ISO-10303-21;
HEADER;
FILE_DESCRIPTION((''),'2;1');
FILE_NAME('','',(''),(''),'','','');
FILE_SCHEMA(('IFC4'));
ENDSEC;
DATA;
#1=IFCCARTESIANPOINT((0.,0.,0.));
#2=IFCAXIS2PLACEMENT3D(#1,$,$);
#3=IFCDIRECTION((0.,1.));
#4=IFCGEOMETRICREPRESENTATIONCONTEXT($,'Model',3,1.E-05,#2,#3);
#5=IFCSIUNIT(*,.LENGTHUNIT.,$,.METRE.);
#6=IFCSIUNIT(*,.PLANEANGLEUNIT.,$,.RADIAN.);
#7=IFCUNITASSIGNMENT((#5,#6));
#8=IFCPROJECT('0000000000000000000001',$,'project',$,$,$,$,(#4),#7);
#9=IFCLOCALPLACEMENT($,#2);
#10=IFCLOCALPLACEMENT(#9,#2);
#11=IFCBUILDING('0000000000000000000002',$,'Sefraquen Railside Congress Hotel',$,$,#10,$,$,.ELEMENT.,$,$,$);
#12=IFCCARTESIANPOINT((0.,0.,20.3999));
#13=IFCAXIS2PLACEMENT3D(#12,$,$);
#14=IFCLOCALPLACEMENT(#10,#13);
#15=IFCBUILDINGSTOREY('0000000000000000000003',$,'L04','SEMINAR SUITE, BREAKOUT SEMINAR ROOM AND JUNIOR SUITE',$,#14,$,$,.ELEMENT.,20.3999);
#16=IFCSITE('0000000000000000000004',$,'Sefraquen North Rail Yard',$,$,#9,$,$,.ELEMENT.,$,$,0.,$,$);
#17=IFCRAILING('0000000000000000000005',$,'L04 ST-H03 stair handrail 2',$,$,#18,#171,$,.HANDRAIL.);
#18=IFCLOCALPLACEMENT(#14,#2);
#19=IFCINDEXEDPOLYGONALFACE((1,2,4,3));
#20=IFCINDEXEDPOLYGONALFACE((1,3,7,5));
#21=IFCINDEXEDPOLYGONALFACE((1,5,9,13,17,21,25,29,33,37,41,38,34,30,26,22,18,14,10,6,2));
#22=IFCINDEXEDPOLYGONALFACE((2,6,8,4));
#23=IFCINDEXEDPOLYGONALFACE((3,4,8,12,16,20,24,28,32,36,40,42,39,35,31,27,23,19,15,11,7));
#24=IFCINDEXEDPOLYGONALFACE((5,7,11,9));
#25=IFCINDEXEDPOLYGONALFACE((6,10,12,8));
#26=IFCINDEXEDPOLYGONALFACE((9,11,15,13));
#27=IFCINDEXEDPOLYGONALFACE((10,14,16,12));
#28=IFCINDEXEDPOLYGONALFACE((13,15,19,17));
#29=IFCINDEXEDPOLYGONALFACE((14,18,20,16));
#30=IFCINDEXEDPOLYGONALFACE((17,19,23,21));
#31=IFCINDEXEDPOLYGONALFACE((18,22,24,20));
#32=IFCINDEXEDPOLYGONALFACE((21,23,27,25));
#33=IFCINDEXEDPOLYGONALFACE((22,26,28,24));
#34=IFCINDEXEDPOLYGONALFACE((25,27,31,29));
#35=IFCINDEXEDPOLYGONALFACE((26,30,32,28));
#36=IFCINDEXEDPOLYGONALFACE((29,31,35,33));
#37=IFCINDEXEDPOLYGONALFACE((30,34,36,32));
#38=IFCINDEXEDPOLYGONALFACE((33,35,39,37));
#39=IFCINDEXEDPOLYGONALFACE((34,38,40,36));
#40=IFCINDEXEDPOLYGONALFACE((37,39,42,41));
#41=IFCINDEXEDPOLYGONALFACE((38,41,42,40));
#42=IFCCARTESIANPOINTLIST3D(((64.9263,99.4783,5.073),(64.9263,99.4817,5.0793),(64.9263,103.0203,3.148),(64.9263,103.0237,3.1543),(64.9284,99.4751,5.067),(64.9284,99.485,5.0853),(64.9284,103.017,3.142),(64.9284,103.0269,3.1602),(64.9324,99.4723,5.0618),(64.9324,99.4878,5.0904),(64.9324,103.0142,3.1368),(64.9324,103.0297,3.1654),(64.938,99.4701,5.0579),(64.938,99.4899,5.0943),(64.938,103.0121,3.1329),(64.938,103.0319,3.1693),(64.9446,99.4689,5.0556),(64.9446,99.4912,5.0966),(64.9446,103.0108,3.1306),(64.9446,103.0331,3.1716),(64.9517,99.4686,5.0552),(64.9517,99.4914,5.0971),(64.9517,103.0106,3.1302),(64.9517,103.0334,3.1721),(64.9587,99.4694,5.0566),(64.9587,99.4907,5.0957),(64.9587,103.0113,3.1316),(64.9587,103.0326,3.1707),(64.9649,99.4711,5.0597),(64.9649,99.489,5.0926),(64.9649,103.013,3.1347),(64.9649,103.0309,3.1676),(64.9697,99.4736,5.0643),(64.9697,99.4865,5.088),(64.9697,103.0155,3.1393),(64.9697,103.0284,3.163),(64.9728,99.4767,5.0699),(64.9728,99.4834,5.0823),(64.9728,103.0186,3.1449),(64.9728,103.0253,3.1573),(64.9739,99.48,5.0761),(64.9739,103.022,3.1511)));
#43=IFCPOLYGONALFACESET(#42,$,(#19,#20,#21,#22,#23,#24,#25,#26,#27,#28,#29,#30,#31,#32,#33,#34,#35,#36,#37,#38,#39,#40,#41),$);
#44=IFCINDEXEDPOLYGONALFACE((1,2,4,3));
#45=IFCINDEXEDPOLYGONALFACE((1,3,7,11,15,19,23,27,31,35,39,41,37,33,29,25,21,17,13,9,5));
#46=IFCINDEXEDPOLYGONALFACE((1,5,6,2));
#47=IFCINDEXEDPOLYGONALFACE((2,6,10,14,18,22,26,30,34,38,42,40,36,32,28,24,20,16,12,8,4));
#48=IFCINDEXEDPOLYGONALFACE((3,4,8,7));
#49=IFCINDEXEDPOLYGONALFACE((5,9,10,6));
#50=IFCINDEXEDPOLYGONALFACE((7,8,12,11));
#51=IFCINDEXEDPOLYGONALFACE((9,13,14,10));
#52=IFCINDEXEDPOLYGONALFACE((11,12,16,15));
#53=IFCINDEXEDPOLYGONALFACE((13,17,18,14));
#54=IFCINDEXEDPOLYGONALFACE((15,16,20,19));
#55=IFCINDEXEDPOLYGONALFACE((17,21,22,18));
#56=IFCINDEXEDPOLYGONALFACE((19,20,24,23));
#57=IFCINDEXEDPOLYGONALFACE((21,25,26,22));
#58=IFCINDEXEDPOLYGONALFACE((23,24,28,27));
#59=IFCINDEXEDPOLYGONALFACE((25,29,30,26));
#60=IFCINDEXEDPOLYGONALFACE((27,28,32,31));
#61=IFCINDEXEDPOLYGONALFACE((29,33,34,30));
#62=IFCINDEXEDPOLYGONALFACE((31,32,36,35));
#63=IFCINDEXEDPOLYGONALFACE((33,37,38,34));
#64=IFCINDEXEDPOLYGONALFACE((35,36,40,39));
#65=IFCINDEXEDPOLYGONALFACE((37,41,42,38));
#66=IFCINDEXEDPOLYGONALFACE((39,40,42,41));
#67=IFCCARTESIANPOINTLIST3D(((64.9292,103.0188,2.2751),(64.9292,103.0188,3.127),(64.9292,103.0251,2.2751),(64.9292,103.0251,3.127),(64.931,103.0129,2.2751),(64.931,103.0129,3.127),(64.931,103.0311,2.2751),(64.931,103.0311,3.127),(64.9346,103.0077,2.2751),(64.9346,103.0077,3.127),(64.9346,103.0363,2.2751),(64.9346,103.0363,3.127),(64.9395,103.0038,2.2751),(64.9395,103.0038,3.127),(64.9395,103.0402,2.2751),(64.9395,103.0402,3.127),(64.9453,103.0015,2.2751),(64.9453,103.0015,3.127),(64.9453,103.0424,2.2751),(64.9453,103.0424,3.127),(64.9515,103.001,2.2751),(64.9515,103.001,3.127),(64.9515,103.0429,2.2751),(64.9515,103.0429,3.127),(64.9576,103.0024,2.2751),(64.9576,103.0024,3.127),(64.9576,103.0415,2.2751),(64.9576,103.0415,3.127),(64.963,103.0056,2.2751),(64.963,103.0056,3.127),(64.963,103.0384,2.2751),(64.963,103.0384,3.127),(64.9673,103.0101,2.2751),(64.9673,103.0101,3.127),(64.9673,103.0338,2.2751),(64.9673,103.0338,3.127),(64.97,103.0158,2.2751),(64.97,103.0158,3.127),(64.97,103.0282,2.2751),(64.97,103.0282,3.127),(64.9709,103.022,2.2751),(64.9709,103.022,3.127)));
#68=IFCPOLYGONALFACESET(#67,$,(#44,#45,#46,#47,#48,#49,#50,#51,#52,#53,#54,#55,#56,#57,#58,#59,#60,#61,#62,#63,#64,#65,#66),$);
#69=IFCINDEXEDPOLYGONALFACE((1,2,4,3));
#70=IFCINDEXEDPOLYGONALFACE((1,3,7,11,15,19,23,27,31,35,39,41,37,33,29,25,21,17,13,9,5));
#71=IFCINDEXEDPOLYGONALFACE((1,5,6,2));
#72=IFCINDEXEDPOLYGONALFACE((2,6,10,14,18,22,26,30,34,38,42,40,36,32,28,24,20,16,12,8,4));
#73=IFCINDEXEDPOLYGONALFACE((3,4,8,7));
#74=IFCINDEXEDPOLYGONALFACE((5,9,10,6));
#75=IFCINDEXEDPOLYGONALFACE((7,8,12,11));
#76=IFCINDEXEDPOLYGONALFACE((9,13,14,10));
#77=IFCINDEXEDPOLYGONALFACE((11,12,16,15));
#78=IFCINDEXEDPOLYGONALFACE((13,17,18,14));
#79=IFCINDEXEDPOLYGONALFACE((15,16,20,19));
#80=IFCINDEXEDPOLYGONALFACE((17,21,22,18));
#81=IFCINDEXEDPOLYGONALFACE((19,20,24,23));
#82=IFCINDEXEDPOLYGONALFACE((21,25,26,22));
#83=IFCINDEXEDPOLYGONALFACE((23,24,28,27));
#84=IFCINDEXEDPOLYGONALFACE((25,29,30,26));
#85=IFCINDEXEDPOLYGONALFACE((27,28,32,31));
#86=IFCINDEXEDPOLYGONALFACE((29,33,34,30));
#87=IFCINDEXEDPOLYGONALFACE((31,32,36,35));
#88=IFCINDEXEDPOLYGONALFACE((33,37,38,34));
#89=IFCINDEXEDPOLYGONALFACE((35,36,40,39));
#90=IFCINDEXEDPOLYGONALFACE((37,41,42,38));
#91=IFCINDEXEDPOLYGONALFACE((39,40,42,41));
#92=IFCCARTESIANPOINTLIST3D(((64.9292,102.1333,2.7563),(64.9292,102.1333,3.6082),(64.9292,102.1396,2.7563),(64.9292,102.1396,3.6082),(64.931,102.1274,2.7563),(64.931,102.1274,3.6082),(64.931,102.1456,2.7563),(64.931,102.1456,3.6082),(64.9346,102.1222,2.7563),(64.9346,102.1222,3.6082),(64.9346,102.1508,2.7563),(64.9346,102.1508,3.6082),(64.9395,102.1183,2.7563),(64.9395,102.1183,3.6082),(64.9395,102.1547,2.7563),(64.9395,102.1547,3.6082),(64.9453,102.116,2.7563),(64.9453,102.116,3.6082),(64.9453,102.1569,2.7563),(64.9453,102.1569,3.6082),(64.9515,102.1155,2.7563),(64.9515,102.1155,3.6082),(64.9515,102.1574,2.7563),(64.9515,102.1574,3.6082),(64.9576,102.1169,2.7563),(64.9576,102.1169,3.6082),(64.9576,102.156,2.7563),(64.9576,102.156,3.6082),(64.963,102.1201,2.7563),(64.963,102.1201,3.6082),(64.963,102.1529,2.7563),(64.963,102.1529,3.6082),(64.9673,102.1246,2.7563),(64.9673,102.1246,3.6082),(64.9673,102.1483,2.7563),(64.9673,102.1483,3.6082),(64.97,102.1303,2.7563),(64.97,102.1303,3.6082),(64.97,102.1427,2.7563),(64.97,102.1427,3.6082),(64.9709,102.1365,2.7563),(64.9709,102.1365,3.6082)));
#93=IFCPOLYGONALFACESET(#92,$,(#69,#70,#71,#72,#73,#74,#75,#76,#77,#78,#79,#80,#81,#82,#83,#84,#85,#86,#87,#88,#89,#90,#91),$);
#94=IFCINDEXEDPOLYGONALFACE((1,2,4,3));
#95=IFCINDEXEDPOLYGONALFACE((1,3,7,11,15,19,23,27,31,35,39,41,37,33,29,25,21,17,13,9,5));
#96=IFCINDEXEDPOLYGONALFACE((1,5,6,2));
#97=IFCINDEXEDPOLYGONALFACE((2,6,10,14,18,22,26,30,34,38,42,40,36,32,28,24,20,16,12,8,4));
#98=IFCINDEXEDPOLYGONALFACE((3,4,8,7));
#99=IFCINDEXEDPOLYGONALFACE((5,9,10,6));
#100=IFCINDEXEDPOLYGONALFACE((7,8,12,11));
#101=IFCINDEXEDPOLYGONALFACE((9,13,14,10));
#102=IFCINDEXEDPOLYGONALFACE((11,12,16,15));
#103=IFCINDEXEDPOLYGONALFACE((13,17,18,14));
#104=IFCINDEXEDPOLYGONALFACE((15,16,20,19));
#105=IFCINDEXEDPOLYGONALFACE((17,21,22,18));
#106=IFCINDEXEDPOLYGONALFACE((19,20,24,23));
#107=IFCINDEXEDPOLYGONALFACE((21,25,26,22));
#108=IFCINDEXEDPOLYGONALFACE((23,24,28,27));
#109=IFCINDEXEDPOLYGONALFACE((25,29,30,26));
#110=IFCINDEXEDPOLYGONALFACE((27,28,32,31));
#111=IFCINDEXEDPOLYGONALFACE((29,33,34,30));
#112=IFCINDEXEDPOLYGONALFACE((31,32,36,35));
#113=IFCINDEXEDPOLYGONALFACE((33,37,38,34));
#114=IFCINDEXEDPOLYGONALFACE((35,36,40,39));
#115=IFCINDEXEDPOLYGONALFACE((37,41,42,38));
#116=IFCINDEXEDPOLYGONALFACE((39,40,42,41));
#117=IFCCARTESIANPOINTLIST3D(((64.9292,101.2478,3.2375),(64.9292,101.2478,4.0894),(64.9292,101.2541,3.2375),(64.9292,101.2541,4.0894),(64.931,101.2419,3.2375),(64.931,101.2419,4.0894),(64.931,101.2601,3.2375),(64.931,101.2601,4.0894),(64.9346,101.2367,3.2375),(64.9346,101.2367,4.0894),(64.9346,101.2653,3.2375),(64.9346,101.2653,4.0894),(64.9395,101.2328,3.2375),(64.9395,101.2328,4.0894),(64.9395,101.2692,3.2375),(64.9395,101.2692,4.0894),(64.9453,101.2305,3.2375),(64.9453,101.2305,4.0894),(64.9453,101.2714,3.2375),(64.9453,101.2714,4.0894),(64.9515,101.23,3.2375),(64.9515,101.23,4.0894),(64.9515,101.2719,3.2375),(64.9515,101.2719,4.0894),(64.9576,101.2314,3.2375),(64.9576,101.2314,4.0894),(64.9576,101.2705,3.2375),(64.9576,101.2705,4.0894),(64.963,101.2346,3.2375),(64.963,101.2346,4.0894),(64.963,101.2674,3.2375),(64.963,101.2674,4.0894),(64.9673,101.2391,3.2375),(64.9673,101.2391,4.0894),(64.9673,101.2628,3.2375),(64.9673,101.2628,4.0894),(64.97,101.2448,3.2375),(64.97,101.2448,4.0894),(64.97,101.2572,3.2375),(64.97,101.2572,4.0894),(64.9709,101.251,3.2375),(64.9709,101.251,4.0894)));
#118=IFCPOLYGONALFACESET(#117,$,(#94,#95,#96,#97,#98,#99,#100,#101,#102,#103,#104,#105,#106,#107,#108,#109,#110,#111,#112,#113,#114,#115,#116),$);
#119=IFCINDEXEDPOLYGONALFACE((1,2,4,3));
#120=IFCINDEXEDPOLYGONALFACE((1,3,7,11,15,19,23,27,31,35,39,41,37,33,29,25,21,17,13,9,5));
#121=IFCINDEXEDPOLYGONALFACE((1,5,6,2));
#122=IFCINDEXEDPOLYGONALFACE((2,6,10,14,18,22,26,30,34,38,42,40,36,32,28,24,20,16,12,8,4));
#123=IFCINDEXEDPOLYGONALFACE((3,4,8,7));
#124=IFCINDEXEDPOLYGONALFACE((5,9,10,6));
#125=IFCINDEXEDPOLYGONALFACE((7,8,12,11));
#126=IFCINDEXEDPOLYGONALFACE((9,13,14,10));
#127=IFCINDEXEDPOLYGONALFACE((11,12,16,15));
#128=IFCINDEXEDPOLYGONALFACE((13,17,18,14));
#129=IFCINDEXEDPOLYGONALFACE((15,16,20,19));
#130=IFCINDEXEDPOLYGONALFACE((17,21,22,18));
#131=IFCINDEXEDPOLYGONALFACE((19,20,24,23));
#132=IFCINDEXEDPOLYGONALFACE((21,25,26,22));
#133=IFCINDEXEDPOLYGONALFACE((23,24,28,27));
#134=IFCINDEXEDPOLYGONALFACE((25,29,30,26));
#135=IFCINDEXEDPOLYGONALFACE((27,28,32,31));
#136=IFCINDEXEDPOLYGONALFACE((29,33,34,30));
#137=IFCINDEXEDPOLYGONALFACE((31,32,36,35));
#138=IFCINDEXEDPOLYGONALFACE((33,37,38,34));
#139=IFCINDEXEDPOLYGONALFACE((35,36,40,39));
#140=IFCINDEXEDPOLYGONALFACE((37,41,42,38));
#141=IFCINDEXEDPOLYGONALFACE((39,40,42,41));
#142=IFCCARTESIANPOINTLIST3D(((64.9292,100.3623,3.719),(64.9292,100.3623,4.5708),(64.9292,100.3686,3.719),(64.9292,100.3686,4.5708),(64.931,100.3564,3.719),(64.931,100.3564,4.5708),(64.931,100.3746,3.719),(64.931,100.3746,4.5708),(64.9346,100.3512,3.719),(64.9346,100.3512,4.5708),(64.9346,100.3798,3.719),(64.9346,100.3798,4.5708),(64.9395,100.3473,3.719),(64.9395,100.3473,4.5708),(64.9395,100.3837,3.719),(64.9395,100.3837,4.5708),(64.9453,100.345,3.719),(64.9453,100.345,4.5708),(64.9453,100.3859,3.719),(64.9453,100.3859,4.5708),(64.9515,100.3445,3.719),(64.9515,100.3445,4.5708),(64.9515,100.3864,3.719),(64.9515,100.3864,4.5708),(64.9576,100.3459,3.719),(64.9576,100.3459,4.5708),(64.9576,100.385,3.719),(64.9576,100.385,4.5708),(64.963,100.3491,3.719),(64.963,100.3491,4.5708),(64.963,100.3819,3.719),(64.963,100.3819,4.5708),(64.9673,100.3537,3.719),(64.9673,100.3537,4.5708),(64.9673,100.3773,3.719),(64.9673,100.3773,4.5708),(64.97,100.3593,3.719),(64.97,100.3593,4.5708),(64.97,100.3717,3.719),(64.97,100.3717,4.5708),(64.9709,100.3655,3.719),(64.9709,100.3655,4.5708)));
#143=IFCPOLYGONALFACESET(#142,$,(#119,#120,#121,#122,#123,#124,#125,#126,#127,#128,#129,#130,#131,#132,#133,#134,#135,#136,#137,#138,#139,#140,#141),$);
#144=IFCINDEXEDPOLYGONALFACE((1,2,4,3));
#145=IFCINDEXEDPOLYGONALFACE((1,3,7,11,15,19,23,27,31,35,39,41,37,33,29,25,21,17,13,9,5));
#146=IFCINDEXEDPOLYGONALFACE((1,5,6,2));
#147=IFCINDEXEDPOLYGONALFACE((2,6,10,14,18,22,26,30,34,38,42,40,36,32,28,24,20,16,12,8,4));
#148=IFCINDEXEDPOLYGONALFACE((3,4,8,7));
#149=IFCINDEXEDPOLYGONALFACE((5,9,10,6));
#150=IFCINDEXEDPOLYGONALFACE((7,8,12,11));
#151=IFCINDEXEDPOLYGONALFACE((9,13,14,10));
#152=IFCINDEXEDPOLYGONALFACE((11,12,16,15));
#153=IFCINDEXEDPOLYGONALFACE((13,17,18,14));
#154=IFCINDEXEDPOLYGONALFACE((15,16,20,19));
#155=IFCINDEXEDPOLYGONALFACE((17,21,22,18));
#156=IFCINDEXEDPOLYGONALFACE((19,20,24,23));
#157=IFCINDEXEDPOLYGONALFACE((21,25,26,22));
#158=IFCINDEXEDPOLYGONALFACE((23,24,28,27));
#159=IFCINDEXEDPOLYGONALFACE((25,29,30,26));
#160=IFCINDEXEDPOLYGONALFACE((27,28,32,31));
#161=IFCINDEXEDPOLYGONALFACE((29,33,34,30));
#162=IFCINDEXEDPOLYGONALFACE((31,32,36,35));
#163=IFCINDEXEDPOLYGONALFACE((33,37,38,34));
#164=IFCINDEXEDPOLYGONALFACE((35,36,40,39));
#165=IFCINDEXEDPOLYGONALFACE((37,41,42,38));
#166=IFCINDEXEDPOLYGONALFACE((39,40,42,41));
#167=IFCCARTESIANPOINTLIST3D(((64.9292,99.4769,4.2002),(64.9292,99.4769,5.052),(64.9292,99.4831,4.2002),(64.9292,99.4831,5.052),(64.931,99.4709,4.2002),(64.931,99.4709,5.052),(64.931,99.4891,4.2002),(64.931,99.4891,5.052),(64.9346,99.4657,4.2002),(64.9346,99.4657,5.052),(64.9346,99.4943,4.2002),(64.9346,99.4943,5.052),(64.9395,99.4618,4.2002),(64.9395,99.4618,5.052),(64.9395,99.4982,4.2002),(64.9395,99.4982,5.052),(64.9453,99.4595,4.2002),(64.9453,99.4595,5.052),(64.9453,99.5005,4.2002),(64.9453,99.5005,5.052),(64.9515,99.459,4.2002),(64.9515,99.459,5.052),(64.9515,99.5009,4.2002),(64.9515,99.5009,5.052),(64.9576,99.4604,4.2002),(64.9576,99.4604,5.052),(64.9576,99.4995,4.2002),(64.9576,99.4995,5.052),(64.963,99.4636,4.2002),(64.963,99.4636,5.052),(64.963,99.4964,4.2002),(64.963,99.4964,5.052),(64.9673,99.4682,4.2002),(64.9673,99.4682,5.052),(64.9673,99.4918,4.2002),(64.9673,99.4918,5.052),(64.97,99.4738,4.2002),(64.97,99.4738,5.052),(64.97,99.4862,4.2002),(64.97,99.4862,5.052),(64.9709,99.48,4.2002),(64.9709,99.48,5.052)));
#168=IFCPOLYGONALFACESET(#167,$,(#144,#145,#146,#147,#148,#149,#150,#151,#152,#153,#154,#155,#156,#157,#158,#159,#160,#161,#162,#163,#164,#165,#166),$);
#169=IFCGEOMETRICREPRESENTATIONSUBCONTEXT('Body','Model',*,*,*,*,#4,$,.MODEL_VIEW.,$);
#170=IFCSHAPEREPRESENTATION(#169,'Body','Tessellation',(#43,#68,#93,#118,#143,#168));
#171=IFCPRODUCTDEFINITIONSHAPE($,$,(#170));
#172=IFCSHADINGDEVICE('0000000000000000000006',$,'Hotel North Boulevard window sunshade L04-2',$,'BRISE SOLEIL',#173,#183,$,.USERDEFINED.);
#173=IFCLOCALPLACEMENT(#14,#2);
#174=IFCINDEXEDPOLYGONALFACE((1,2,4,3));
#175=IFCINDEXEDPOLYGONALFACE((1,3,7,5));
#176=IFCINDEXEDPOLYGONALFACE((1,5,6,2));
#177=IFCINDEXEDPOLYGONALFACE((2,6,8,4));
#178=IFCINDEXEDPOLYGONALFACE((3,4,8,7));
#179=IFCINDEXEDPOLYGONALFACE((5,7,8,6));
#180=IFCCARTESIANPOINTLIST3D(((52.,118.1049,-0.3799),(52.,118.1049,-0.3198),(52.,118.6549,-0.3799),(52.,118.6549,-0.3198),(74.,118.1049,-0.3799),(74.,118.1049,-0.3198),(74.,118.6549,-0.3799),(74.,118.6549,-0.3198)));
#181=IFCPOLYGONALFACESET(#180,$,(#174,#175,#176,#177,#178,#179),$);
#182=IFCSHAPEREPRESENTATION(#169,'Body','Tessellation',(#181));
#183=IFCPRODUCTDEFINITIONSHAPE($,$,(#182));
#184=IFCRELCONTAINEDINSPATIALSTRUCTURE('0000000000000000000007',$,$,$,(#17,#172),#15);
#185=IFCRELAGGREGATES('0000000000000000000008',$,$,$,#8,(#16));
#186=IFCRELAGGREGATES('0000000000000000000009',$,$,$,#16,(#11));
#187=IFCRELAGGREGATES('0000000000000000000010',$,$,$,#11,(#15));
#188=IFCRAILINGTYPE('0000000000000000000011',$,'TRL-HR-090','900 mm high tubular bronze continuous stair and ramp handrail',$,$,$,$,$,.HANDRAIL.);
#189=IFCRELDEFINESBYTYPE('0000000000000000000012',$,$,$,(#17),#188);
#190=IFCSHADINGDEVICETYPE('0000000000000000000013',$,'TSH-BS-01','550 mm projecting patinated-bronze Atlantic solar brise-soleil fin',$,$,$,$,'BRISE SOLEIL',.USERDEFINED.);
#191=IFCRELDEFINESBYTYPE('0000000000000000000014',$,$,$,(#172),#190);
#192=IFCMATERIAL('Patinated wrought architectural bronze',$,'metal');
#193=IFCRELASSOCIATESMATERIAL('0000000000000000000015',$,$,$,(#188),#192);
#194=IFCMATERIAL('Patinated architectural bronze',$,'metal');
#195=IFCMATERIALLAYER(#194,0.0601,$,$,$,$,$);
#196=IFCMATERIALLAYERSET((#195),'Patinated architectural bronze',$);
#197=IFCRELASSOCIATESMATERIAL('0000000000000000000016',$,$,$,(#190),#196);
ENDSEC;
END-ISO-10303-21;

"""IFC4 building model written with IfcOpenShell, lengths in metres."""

from ifc_helpers import new_model, si_unit, direction, frame, origin, origin_2d, place, context, subcontext, project, spatial, rectangle, circle, extrude, material, layer, layer_set, type_object, element, save


model = new_model("IFC4")

# Units and contexts
model_context = context("Model", 3, precision=1e-05, world=origin(), true_north=direction((0.0, 1.0)))
body_context = subcontext(model_context, "Body", "Model", "MODEL_VIEW")
ifc_project = project(units=[si_unit("LENGTHUNIT", "METRE"), si_unit("PLANEANGLEUNIT", "RADIAN")], contexts=[model_context])

# Site, building, storey
site_placement = place(None, origin())
site = spatial("IfcSite", under=ifc_project, at=site_placement, Name="Sefraquen North Rail Yard", CompositionType="ELEMENT", RefElevation=0.0)
building_placement = place(site_placement, origin())
building = spatial("IfcBuilding", under=site, at=building_placement, Name="Sefraquen Railside Congress Hotel", CompositionType="ELEMENT")
storey_placement = place(building_placement, frame((0.0, 0.0, 20.3999)))
storey = spatial("IfcBuildingStorey", under=building, at=storey_placement, Name="L04", Description="SEMINAR SUITE, BREAKOUT SEMINAR ROOM AND JUNIOR SUITE", CompositionType="ELEMENT", Elevation=20.3999)

# Railing
ifc_material_1 = material(Name="Patinated wrought architectural bronze", Category="metal")
railing_type_1 = type_object("IfcRailingType", Name="TRL-HR-090", Description="900 mm high tubular bronze continuous stair and ramp handrail", PredefinedType="HANDRAIL", material=ifc_material_1)
railing_1_placement = place(storey_placement, frame((64.95, 103.022, 2.2751)))
element("IfcRailing", 1, at=railing_1_placement, inside=storey, type_object=railing_type_1, Name="L04 ST-H03 stair handrail 2", PredefinedType="HANDRAIL", context=body_context, shape_type="SweptSolid", body=[
    extrude(circle(Radius=0.0239, at=origin_2d()), frame((0.0, 0.0, 0.876), z_axis=(0.0, -0.878619, 0.477523), x_axis=(1.0, 0.0, 0.0)), (0.0, 0.0, 1.0), 4.0312),
    extrude(circle(Radius=0.021, at=origin_2d()), origin(), (0.0, 0.0, 1.0), 0.8518),
    extrude(circle(Radius=0.021, at=origin_2d()), frame((0.0, -0.8855, 0.4812)), (0.0, 0.0, 1.0), 0.8518),
    extrude(circle(Radius=0.021, at=origin_2d()), frame((0.0, -1.771, 0.9624)), (0.0, 0.0, 1.0), 0.8518),
    extrude(circle(Radius=0.021, at=origin_2d()), frame((0.0, -2.6565, 1.4438)), (0.0, 0.0, 1.0), 0.8518),
    extrude(circle(Radius=0.021, at=origin_2d()), frame((0.0, -3.542, 1.925)), (0.0, 0.0, 1.0), 0.8518),
])

# Shading device
ifc_material_2 = material(Name="Patinated architectural bronze", Category="metal")
ifc_layer_1 = layer(ifc_material_2, 0.0601)
ifc_layer_set_1 = layer_set([ifc_layer_1], Name="Patinated architectural bronze")
shading_device_type = type_object("IfcShadingDeviceType", Name="TSH-BS-01", Description="550 mm projecting patinated-bronze Atlantic solar brise-soleil fin", ElementType="BRISE SOLEIL", PredefinedType="USERDEFINED", material=ifc_layer_set_1)
shading_device_placement = place(storey_placement, frame((63.0, 118.3799, -0.3799), z_axis=(0.0, 0.0, 1.0), x_axis=(1.0, 0.0, 0.0)))
element("IfcShadingDevice", 2, at=shading_device_placement, inside=storey, type_object=shading_device_type, Name="Hotel North Boulevard window sunshade L04-2", ObjectType="BRISE SOLEIL", PredefinedType="USERDEFINED", context=body_context, shape_type="SweptSolid", body=[
    extrude(rectangle(XDim=22.0, YDim=0.55, at=origin_2d()), origin(), (0.0, 0.0, 1.0), 0.0601),
])

save(model, "model.ifc")
